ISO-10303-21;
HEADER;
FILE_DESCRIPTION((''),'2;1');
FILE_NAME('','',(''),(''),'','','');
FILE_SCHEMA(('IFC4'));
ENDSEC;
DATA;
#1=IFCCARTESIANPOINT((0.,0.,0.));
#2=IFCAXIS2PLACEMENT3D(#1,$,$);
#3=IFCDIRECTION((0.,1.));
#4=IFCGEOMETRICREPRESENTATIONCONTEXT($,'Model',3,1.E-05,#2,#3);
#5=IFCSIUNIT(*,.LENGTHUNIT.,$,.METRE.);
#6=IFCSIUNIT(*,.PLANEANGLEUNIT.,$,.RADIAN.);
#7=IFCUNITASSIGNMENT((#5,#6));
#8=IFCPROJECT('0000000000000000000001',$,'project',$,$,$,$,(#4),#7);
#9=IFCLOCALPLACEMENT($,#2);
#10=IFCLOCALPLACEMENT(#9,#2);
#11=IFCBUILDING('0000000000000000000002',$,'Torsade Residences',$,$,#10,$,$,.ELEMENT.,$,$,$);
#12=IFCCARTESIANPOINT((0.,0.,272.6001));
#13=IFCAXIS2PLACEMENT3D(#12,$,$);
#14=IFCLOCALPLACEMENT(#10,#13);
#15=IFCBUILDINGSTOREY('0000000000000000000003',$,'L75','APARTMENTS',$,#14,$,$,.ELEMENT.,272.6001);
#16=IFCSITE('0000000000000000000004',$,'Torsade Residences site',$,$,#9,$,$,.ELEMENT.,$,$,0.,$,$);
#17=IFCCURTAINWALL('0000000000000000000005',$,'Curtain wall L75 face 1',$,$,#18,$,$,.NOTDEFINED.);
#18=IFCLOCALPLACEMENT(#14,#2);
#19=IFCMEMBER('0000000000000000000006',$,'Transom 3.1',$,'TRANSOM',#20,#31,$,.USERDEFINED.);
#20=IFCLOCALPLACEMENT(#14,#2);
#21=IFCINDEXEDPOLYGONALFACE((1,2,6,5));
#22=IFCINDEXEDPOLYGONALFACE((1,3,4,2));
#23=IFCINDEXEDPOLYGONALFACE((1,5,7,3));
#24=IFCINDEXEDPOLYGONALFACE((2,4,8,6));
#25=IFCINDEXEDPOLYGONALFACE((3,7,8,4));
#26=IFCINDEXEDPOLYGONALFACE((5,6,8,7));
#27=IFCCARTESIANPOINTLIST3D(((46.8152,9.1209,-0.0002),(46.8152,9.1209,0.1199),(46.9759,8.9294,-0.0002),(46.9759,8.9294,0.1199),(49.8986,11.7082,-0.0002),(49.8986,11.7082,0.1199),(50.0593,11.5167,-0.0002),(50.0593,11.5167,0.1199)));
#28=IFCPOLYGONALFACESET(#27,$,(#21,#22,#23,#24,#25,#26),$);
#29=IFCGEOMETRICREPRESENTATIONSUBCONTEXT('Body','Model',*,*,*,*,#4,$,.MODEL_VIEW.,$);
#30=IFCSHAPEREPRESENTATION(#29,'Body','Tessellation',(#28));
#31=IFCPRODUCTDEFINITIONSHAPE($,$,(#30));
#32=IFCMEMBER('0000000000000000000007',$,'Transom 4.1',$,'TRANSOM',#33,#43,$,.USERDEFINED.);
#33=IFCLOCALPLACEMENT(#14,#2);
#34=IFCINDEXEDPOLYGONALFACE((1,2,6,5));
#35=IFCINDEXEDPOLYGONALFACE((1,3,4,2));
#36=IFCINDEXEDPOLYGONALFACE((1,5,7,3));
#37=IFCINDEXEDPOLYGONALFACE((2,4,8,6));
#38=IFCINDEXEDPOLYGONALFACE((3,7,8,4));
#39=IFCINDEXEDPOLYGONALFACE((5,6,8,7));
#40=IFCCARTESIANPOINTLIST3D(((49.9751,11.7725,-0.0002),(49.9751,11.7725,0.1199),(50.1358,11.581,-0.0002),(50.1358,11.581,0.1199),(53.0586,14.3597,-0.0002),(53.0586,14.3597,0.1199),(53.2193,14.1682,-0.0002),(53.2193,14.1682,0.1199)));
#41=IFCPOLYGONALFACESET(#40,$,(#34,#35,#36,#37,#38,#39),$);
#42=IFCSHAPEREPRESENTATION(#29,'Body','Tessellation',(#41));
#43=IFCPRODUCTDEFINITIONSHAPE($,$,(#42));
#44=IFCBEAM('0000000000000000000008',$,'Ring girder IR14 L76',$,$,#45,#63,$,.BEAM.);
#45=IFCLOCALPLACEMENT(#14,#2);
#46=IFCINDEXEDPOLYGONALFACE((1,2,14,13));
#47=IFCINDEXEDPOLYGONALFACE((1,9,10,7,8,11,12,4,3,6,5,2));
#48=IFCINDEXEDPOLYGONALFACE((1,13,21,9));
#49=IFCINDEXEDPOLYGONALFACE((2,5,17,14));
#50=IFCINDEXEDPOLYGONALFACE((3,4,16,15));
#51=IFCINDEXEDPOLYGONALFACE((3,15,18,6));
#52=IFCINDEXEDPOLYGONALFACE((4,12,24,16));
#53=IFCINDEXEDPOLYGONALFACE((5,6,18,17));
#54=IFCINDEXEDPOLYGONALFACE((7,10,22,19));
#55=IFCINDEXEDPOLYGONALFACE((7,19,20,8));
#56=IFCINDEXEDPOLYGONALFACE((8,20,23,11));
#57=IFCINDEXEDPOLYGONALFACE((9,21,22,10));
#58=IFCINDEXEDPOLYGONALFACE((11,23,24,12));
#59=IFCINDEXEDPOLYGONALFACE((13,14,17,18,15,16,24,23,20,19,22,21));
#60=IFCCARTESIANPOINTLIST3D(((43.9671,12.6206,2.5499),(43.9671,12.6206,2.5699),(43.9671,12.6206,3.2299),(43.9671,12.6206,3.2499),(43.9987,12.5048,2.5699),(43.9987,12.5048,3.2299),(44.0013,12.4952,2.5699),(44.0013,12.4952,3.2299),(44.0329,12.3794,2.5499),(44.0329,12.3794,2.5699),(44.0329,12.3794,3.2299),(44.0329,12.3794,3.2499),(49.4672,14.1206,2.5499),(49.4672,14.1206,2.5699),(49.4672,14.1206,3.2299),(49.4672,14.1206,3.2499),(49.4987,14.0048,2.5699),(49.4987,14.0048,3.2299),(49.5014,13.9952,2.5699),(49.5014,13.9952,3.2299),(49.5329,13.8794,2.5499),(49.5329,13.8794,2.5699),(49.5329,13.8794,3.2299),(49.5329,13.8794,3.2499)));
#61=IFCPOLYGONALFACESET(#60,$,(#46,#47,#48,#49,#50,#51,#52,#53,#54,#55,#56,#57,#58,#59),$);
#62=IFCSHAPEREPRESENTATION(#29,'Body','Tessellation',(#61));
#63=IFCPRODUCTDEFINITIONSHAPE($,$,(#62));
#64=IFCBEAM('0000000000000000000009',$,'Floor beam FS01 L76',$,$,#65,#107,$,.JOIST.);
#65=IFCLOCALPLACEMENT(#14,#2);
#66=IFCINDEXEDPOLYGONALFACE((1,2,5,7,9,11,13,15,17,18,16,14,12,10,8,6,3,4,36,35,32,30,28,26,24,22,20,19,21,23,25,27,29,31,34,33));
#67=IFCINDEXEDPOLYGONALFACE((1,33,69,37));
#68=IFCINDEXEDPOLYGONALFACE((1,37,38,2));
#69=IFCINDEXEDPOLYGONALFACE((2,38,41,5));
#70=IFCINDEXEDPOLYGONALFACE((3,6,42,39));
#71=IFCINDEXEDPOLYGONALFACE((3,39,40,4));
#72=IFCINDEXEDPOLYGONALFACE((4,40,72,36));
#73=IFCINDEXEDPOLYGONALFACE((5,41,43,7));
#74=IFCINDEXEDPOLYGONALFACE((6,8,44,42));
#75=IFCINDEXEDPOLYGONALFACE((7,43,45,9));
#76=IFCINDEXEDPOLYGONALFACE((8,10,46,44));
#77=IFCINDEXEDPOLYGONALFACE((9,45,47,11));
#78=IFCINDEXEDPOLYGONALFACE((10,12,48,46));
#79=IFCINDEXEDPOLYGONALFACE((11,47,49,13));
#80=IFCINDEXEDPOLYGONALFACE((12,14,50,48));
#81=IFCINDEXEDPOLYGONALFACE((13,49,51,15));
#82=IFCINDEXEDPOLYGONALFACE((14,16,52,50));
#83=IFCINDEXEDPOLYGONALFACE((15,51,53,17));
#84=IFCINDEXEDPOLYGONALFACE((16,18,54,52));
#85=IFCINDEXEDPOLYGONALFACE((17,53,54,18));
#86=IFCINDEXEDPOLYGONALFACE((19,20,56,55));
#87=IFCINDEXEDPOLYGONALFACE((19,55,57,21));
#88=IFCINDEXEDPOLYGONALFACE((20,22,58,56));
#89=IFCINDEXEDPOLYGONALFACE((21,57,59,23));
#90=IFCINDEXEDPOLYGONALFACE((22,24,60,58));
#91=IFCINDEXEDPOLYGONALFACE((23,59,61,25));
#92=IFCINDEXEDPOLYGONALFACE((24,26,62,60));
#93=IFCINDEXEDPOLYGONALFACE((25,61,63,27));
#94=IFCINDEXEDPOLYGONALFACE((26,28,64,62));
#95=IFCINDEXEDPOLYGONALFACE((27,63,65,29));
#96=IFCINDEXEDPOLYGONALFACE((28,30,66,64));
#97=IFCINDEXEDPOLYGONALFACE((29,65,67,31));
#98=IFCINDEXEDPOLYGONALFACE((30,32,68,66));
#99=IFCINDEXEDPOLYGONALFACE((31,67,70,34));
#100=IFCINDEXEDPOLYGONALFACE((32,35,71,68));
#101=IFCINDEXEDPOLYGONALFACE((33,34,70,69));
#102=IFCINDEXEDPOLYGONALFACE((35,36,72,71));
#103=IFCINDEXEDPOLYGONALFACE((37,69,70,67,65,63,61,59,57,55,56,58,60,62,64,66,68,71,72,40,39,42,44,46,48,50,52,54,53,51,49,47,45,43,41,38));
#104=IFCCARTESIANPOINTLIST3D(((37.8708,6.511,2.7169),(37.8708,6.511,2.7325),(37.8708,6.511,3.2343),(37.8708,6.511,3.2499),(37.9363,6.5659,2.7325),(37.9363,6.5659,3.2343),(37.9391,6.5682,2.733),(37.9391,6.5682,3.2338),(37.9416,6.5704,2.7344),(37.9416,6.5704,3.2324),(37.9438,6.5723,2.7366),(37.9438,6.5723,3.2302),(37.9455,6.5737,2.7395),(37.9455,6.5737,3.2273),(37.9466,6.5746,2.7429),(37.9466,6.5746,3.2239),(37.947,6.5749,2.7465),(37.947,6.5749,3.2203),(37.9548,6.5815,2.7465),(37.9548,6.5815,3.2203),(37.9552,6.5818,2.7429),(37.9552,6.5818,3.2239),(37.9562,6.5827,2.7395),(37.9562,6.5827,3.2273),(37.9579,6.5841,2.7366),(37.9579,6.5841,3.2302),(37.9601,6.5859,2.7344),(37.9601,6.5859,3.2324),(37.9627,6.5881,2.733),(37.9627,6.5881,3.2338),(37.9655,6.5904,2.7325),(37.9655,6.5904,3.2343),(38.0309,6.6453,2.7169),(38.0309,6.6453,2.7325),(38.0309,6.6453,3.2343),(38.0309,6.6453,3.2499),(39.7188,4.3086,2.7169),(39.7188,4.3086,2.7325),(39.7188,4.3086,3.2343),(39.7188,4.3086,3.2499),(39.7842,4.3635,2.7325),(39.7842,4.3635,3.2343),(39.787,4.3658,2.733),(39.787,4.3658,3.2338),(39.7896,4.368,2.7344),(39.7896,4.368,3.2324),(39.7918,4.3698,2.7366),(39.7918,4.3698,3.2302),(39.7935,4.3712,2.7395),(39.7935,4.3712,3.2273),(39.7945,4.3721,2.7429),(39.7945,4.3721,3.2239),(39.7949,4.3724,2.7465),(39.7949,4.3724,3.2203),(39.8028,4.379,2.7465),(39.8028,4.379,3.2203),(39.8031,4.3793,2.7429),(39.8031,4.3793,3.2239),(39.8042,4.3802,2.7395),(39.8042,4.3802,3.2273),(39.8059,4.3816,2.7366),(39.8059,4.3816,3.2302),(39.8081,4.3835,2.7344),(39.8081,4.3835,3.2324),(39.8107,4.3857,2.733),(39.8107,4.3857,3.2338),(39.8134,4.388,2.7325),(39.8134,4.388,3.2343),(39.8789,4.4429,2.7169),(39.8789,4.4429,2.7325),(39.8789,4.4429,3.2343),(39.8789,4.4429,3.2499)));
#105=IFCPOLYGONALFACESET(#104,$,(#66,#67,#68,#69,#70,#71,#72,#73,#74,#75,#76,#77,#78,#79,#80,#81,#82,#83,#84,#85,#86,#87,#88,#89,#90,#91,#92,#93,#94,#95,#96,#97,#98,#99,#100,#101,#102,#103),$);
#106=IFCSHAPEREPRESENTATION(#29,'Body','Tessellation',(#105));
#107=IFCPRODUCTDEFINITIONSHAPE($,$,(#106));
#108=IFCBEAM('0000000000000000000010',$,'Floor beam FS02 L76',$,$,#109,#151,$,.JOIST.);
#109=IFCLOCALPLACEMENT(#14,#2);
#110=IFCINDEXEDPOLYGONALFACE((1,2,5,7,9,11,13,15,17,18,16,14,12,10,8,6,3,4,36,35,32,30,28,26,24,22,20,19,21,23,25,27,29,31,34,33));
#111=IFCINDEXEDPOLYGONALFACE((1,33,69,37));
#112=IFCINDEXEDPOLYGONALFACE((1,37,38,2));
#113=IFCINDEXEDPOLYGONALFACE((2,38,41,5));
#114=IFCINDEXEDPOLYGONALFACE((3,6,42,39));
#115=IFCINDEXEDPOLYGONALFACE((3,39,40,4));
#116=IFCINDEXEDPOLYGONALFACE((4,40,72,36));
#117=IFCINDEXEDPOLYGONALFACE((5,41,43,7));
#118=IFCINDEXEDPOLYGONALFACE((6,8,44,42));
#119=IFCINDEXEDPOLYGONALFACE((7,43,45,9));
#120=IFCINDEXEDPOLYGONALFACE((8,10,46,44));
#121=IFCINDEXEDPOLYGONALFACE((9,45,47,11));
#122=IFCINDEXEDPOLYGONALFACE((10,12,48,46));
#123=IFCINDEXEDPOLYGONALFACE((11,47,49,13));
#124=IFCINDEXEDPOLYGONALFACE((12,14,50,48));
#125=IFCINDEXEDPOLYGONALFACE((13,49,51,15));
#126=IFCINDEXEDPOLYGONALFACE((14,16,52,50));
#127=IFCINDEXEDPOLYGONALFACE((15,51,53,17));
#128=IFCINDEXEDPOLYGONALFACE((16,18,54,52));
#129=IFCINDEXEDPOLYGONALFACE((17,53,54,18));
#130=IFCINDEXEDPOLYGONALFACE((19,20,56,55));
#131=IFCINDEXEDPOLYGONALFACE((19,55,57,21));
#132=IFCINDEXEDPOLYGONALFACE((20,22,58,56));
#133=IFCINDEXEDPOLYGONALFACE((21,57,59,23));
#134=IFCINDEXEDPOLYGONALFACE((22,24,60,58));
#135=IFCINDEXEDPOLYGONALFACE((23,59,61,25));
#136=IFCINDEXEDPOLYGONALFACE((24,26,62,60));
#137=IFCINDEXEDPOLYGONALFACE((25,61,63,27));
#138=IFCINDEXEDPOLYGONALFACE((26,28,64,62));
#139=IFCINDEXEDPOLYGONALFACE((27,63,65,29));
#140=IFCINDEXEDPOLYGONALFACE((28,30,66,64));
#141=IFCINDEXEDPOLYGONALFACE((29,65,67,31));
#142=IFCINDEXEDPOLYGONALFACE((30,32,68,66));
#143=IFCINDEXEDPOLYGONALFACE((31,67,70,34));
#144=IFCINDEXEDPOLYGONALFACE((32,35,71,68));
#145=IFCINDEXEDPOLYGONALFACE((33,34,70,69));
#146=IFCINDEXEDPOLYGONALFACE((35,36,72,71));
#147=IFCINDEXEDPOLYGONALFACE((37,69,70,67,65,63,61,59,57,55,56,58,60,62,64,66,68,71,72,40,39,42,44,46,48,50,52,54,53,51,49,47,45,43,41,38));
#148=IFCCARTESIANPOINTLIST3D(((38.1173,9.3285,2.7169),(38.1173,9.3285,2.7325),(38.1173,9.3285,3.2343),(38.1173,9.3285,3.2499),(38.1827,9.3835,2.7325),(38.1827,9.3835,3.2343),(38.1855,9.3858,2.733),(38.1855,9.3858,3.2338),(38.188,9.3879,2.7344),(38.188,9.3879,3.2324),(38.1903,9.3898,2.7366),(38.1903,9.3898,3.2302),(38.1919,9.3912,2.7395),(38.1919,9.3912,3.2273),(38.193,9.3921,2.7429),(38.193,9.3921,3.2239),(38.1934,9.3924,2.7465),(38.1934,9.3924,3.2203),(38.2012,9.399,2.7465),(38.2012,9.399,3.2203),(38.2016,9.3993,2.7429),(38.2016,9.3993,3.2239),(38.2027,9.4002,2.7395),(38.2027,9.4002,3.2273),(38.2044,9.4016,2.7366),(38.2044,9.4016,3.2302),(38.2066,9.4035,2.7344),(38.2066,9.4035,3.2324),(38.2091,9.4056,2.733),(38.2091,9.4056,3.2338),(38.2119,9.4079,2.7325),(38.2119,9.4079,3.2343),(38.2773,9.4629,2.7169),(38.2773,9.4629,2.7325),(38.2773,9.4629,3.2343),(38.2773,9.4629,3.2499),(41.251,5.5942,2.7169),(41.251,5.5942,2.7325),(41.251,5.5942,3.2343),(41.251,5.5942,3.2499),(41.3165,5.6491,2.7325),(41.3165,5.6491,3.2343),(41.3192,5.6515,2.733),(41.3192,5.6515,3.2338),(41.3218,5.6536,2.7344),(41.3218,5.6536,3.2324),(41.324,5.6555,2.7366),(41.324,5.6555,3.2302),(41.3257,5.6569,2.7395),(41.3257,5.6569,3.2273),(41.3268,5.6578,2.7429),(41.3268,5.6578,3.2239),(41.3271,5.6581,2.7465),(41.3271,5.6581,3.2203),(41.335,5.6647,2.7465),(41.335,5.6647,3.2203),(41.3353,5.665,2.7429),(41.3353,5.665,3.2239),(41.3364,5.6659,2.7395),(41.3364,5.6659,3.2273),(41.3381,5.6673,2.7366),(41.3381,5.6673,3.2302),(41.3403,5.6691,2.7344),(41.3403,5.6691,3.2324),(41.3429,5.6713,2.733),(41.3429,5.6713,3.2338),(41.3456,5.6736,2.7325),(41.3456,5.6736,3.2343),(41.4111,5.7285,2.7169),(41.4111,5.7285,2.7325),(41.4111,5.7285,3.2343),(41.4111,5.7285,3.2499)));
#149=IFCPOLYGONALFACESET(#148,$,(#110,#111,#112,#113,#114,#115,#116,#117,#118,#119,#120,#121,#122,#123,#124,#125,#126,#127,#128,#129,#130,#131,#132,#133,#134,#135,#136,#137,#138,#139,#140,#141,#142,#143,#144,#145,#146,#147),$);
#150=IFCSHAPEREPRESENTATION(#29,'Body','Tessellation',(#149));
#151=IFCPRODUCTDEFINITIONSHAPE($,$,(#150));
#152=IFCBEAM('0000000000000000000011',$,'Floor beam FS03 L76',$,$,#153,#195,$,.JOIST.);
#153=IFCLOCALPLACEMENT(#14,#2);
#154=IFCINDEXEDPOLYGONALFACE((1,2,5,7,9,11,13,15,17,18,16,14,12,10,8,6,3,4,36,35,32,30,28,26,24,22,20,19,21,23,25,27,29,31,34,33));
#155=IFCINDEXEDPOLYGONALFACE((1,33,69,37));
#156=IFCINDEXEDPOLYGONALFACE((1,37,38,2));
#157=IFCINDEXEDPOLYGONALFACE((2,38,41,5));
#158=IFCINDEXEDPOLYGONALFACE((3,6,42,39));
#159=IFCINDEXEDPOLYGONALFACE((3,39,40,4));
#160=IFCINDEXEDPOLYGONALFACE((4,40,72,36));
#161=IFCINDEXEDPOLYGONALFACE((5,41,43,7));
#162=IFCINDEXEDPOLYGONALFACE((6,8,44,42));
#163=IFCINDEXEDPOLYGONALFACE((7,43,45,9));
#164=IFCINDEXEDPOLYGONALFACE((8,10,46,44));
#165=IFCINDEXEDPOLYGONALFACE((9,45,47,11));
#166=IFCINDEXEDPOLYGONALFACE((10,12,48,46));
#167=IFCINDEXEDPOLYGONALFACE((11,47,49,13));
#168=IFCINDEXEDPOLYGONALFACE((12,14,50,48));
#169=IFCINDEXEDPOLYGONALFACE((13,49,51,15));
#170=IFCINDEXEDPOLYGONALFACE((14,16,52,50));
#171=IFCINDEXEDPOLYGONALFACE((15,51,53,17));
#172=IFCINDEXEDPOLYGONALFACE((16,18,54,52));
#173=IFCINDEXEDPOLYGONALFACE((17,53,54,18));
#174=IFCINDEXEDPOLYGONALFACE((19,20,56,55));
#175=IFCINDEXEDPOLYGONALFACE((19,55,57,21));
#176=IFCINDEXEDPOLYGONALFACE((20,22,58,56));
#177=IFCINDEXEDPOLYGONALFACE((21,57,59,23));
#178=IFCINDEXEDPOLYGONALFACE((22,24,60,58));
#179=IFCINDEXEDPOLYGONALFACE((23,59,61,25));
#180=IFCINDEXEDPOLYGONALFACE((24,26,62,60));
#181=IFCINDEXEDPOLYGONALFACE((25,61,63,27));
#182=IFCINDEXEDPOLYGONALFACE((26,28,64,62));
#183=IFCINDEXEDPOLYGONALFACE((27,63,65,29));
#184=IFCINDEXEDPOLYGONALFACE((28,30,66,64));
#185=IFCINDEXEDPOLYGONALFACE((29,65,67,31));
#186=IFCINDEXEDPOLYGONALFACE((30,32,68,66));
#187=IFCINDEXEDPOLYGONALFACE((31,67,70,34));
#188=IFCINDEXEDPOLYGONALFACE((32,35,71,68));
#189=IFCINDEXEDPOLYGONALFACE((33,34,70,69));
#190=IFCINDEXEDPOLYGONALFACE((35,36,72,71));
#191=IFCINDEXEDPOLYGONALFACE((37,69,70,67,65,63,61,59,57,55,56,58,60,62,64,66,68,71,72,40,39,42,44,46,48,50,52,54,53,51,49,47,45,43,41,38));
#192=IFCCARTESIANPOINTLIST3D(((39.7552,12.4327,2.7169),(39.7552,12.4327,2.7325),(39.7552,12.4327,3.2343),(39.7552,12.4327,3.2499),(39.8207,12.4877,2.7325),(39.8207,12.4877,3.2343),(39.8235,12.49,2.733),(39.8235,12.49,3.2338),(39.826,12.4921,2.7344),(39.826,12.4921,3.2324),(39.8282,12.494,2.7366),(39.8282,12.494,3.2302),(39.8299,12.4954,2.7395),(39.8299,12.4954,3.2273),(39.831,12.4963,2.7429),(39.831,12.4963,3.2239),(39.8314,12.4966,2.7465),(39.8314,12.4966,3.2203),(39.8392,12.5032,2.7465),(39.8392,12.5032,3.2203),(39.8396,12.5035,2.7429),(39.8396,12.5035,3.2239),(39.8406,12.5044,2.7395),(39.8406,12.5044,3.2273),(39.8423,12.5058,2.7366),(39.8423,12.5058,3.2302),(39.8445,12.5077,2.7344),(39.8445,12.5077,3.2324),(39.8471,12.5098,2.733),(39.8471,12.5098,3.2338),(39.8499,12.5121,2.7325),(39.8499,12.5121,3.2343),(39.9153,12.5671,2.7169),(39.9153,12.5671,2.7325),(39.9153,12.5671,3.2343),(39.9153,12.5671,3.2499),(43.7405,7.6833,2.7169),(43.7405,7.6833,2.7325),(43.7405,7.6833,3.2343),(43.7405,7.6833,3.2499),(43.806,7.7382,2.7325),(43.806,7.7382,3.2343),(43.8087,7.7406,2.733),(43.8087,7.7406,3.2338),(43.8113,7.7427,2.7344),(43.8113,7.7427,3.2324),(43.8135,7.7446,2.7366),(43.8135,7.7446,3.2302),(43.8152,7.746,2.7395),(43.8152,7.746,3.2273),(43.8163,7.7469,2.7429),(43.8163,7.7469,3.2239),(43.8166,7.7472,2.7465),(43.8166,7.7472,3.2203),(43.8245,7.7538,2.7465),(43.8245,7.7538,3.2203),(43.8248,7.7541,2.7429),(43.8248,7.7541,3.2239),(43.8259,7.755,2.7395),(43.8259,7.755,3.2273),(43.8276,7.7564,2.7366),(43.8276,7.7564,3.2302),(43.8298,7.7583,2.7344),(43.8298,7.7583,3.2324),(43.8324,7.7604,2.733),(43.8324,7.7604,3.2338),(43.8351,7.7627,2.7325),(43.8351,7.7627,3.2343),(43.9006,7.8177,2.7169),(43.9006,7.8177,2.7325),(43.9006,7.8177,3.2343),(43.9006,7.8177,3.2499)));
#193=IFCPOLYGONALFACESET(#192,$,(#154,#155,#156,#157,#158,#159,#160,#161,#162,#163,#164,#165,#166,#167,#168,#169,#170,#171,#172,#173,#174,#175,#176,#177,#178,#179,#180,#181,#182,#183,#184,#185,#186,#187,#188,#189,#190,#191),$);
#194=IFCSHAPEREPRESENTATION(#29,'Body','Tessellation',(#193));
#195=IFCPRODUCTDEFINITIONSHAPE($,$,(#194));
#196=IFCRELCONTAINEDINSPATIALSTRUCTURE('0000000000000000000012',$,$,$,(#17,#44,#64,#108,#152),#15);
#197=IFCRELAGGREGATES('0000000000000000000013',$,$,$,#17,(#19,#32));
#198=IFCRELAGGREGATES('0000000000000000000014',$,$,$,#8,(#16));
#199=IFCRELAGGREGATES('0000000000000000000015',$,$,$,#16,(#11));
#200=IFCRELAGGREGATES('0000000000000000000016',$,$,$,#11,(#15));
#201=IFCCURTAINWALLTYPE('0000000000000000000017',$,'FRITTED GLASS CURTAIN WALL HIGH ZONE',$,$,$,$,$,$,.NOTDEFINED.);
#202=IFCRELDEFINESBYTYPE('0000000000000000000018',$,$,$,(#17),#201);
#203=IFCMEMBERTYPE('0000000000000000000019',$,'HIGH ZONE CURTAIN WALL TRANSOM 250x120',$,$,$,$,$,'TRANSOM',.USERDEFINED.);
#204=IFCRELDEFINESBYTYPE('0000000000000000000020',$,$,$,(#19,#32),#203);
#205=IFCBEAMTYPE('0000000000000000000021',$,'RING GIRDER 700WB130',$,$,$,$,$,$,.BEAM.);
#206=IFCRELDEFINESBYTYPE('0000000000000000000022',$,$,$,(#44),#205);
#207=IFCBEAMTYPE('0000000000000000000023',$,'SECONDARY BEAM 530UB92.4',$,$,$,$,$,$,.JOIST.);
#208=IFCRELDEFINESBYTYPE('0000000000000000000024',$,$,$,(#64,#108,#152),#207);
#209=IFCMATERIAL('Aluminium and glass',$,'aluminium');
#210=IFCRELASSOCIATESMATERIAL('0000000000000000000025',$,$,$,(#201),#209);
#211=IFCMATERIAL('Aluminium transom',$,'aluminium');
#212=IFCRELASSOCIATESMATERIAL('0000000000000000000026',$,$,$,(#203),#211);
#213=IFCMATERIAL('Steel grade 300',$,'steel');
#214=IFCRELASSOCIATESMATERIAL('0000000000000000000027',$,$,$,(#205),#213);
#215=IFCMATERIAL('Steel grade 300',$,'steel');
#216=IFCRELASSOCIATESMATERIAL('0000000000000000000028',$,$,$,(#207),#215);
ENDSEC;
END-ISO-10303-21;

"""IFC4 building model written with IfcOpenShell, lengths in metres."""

from ifc_helpers import new_model, si_unit, direction, frame, origin, origin_2d, place, context, subcontext, project, spatial, rectangle, i_section, extrude, material, material_profile, profile_set, type_object, element, aggregate, save


model = new_model("IFC4")

# Units and contexts
model_context = context("Model", 3, precision=1e-05, world=origin(), true_north=direction((0.0, 1.0)))
body_context = subcontext(model_context, "Body", "Model", "MODEL_VIEW")
ifc_project = project(units=[si_unit("LENGTHUNIT", "METRE"), si_unit("PLANEANGLEUNIT", "RADIAN")], contexts=[model_context])

# Site, building, storey
site_placement = place(None, origin())
site = spatial("IfcSite", under=ifc_project, at=site_placement, Name="Torsade Residences site", CompositionType="ELEMENT", RefElevation=0.0)
building_placement = place(site_placement, origin())
building = spatial("IfcBuilding", under=site, at=building_placement, Name="Torsade Residences", CompositionType="ELEMENT")
storey_placement = place(building_placement, frame((0.0, 0.0, 272.6001)))
storey = spatial("IfcBuildingStorey", under=building, at=storey_placement, Name="L75", Description="APARTMENTS", CompositionType="ELEMENT", Elevation=272.6001)

# Curtain wall, members
ifc_material_1 = material(Name="Aluminium and glass", Category="aluminium")
curtain_wall_type = type_object("IfcCurtainWallType", Name="FRITTED GLASS CURTAIN WALL HIGH ZONE", PredefinedType="NOTDEFINED", material=ifc_material_1)
curtain_wall_placement = place(storey_placement, origin())
curtain_wall = element("IfcCurtainWall", 1, at=curtain_wall_placement, inside=storey, type_object=curtain_wall_type, Name="Curtain wall L75 face 1", PredefinedType="NOTDEFINED")
ifc_material_2 = material(Name="Aluminium transom", Category="aluminium")
ifc_material_profile_1 = material_profile(ifc_material_2, rectangle(XDim=0.25, YDim=0.1201, at=origin_2d()), Name="HIGH ZONE CURTAIN WALL TRANSOM 250x120")
ifc_profile_set_1 = profile_set([ifc_material_profile_1], Name="Aluminium transom")
member_type_1 = type_object("IfcMemberType", Name="HIGH ZONE CURTAIN WALL TRANSOM 250x120", ElementType="TRANSOM", PredefinedType="USERDEFINED", material=ifc_profile_set_1)
member_1_placement = place(storey_placement, frame((46.8955, 9.0251, 0.0598), z_axis=(0.766039, 0.642794, 0.0), x_axis=(-0.642794, 0.766039, 0.0)))
member_1 = element("IfcMember", 2, at=member_1_placement, type_object=member_type_1, Name="Transom 3.1", ObjectType="TRANSOM", PredefinedType="USERDEFINED", context=body_context, shape_type="SweptSolid", body=[
    extrude(rectangle(XDim=0.25, YDim=0.1201, at=origin_2d()), origin(), (0.0, 0.0, 1.0), 4.0251),
])
member_2_placement = place(storey_placement, frame((50.0554, 11.6768, 0.0598), z_axis=(0.766069, 0.642758, 0.0), x_axis=(-0.642758, 0.766069, 0.0)))
member_2 = element("IfcMember", 3, at=member_2_placement, type_object=member_type_1, Name="Transom 4.1", ObjectType="TRANSOM", PredefinedType="USERDEFINED", context=body_context, shape_type="SweptSolid", body=[
    extrude(rectangle(XDim=0.25, YDim=0.1201, at=origin_2d()), origin(), (0.0, 0.0, 1.0), 4.0251),
])

# Beams
ifc_material_3 = material(Name="Steel grade 300", Category="steel")
ifc_material_profile_2 = material_profile(ifc_material_3, i_section(OverallWidth=0.25, OverallDepth=0.7, WebThickness=0.01, FlangeThickness=0.02, at=origin_2d()), Name="700WB130")
ifc_profile_set_2 = profile_set([ifc_material_profile_2], Name="Steel grade 300")
beam_type_1 = type_object("IfcBeamType", Name="RING GIRDER 700WB130", PredefinedType="BEAM", material=ifc_profile_set_2)
beam_1_placement = place(storey_placement, frame((44.0, 12.5, 2.8999), z_axis=(0.964764, 0.263117, 0.0), x_axis=(-0.263117, 0.964764, 0.0)))
element("IfcBeam", 4, at=beam_1_placement, inside=storey, type_object=beam_type_1, Name="Ring girder IR14 L76", PredefinedType="BEAM", context=body_context, shape_type="SweptSolid", body=[
    extrude(i_section(OverallWidth=0.25, OverallDepth=0.7, WebThickness=0.01, FlangeThickness=0.02, at=origin_2d()), origin(), (0.0, 0.0, 1.0), 5.7009),
])
ifc_material_4 = material(Name="Steel grade 300", Category="steel")
ifc_material_profile_3 = material_profile(ifc_material_4, i_section(OverallWidth=0.209, OverallDepth=0.533, WebThickness=0.0103, FlangeThickness=0.0156, FilletRadius=0.0139, at=origin_2d()), Name="530UB92.4")
ifc_profile_set_3 = profile_set([ifc_material_profile_3], Name="Steel grade 300")
beam_type_2 = type_object("IfcBeamType", Name="SECONDARY BEAM 530UB92.4", PredefinedType="JOIST", material=ifc_profile_set_3)
beam_2_placement = place(storey_placement, frame((39.7988, 4.3757, 2.9834), z_axis=(-0.642762, 0.766066, 0.0), x_axis=(-0.766066, -0.642762, 0.0)))
element("IfcBeam", 5, at=beam_2_placement, inside=storey, type_object=beam_type_2, Name="Floor beam FS01 L76", PredefinedType="JOIST", context=body_context, shape_type="SweptSolid", body=[
    extrude(i_section(OverallWidth=0.209, OverallDepth=0.533, WebThickness=0.0103, FlangeThickness=0.0156, FilletRadius=0.0139, at=origin_2d()), origin(), (0.0, 0.0, 1.0), 2.875),
])
beam_3_placement = place(storey_placement, frame((41.3311, 5.6614, 2.9834), z_axis=(-0.642821, 0.766017, 0.0), x_axis=(-0.766017, -0.642821, 0.0)))
element("IfcBeam", 6, at=beam_3_placement, inside=storey, type_object=beam_type_2, Name="Floor beam FS02 L76", PredefinedType="JOIST", context=body_context, shape_type="SweptSolid", body=[
    extrude(i_section(OverallWidth=0.209, OverallDepth=0.533, WebThickness=0.0103, FlangeThickness=0.0156, FilletRadius=0.0139, at=origin_2d()), origin(), (0.0, 0.0, 1.0), 4.875),
])
beam_4_placement = place(storey_placement, frame((43.8206, 7.7505, 2.9834), z_axis=(-0.642791, 0.766041, 0.0), x_axis=(-0.766041, -0.642791, 0.0)))
element("IfcBeam", 7, at=beam_4_placement, inside=storey, type_object=beam_type_2, Name="Floor beam FS03 L76", PredefinedType="JOIST", context=body_context, shape_type="SweptSolid", body=[
    extrude(i_section(OverallWidth=0.209, OverallDepth=0.533, WebThickness=0.0103, FlangeThickness=0.0156, FilletRadius=0.0139, at=origin_2d()), origin(), (0.0, 0.0, 1.0), 6.2),
])

aggregate(curtain_wall, [member_1, member_2])

save(model, "model.ifc")
